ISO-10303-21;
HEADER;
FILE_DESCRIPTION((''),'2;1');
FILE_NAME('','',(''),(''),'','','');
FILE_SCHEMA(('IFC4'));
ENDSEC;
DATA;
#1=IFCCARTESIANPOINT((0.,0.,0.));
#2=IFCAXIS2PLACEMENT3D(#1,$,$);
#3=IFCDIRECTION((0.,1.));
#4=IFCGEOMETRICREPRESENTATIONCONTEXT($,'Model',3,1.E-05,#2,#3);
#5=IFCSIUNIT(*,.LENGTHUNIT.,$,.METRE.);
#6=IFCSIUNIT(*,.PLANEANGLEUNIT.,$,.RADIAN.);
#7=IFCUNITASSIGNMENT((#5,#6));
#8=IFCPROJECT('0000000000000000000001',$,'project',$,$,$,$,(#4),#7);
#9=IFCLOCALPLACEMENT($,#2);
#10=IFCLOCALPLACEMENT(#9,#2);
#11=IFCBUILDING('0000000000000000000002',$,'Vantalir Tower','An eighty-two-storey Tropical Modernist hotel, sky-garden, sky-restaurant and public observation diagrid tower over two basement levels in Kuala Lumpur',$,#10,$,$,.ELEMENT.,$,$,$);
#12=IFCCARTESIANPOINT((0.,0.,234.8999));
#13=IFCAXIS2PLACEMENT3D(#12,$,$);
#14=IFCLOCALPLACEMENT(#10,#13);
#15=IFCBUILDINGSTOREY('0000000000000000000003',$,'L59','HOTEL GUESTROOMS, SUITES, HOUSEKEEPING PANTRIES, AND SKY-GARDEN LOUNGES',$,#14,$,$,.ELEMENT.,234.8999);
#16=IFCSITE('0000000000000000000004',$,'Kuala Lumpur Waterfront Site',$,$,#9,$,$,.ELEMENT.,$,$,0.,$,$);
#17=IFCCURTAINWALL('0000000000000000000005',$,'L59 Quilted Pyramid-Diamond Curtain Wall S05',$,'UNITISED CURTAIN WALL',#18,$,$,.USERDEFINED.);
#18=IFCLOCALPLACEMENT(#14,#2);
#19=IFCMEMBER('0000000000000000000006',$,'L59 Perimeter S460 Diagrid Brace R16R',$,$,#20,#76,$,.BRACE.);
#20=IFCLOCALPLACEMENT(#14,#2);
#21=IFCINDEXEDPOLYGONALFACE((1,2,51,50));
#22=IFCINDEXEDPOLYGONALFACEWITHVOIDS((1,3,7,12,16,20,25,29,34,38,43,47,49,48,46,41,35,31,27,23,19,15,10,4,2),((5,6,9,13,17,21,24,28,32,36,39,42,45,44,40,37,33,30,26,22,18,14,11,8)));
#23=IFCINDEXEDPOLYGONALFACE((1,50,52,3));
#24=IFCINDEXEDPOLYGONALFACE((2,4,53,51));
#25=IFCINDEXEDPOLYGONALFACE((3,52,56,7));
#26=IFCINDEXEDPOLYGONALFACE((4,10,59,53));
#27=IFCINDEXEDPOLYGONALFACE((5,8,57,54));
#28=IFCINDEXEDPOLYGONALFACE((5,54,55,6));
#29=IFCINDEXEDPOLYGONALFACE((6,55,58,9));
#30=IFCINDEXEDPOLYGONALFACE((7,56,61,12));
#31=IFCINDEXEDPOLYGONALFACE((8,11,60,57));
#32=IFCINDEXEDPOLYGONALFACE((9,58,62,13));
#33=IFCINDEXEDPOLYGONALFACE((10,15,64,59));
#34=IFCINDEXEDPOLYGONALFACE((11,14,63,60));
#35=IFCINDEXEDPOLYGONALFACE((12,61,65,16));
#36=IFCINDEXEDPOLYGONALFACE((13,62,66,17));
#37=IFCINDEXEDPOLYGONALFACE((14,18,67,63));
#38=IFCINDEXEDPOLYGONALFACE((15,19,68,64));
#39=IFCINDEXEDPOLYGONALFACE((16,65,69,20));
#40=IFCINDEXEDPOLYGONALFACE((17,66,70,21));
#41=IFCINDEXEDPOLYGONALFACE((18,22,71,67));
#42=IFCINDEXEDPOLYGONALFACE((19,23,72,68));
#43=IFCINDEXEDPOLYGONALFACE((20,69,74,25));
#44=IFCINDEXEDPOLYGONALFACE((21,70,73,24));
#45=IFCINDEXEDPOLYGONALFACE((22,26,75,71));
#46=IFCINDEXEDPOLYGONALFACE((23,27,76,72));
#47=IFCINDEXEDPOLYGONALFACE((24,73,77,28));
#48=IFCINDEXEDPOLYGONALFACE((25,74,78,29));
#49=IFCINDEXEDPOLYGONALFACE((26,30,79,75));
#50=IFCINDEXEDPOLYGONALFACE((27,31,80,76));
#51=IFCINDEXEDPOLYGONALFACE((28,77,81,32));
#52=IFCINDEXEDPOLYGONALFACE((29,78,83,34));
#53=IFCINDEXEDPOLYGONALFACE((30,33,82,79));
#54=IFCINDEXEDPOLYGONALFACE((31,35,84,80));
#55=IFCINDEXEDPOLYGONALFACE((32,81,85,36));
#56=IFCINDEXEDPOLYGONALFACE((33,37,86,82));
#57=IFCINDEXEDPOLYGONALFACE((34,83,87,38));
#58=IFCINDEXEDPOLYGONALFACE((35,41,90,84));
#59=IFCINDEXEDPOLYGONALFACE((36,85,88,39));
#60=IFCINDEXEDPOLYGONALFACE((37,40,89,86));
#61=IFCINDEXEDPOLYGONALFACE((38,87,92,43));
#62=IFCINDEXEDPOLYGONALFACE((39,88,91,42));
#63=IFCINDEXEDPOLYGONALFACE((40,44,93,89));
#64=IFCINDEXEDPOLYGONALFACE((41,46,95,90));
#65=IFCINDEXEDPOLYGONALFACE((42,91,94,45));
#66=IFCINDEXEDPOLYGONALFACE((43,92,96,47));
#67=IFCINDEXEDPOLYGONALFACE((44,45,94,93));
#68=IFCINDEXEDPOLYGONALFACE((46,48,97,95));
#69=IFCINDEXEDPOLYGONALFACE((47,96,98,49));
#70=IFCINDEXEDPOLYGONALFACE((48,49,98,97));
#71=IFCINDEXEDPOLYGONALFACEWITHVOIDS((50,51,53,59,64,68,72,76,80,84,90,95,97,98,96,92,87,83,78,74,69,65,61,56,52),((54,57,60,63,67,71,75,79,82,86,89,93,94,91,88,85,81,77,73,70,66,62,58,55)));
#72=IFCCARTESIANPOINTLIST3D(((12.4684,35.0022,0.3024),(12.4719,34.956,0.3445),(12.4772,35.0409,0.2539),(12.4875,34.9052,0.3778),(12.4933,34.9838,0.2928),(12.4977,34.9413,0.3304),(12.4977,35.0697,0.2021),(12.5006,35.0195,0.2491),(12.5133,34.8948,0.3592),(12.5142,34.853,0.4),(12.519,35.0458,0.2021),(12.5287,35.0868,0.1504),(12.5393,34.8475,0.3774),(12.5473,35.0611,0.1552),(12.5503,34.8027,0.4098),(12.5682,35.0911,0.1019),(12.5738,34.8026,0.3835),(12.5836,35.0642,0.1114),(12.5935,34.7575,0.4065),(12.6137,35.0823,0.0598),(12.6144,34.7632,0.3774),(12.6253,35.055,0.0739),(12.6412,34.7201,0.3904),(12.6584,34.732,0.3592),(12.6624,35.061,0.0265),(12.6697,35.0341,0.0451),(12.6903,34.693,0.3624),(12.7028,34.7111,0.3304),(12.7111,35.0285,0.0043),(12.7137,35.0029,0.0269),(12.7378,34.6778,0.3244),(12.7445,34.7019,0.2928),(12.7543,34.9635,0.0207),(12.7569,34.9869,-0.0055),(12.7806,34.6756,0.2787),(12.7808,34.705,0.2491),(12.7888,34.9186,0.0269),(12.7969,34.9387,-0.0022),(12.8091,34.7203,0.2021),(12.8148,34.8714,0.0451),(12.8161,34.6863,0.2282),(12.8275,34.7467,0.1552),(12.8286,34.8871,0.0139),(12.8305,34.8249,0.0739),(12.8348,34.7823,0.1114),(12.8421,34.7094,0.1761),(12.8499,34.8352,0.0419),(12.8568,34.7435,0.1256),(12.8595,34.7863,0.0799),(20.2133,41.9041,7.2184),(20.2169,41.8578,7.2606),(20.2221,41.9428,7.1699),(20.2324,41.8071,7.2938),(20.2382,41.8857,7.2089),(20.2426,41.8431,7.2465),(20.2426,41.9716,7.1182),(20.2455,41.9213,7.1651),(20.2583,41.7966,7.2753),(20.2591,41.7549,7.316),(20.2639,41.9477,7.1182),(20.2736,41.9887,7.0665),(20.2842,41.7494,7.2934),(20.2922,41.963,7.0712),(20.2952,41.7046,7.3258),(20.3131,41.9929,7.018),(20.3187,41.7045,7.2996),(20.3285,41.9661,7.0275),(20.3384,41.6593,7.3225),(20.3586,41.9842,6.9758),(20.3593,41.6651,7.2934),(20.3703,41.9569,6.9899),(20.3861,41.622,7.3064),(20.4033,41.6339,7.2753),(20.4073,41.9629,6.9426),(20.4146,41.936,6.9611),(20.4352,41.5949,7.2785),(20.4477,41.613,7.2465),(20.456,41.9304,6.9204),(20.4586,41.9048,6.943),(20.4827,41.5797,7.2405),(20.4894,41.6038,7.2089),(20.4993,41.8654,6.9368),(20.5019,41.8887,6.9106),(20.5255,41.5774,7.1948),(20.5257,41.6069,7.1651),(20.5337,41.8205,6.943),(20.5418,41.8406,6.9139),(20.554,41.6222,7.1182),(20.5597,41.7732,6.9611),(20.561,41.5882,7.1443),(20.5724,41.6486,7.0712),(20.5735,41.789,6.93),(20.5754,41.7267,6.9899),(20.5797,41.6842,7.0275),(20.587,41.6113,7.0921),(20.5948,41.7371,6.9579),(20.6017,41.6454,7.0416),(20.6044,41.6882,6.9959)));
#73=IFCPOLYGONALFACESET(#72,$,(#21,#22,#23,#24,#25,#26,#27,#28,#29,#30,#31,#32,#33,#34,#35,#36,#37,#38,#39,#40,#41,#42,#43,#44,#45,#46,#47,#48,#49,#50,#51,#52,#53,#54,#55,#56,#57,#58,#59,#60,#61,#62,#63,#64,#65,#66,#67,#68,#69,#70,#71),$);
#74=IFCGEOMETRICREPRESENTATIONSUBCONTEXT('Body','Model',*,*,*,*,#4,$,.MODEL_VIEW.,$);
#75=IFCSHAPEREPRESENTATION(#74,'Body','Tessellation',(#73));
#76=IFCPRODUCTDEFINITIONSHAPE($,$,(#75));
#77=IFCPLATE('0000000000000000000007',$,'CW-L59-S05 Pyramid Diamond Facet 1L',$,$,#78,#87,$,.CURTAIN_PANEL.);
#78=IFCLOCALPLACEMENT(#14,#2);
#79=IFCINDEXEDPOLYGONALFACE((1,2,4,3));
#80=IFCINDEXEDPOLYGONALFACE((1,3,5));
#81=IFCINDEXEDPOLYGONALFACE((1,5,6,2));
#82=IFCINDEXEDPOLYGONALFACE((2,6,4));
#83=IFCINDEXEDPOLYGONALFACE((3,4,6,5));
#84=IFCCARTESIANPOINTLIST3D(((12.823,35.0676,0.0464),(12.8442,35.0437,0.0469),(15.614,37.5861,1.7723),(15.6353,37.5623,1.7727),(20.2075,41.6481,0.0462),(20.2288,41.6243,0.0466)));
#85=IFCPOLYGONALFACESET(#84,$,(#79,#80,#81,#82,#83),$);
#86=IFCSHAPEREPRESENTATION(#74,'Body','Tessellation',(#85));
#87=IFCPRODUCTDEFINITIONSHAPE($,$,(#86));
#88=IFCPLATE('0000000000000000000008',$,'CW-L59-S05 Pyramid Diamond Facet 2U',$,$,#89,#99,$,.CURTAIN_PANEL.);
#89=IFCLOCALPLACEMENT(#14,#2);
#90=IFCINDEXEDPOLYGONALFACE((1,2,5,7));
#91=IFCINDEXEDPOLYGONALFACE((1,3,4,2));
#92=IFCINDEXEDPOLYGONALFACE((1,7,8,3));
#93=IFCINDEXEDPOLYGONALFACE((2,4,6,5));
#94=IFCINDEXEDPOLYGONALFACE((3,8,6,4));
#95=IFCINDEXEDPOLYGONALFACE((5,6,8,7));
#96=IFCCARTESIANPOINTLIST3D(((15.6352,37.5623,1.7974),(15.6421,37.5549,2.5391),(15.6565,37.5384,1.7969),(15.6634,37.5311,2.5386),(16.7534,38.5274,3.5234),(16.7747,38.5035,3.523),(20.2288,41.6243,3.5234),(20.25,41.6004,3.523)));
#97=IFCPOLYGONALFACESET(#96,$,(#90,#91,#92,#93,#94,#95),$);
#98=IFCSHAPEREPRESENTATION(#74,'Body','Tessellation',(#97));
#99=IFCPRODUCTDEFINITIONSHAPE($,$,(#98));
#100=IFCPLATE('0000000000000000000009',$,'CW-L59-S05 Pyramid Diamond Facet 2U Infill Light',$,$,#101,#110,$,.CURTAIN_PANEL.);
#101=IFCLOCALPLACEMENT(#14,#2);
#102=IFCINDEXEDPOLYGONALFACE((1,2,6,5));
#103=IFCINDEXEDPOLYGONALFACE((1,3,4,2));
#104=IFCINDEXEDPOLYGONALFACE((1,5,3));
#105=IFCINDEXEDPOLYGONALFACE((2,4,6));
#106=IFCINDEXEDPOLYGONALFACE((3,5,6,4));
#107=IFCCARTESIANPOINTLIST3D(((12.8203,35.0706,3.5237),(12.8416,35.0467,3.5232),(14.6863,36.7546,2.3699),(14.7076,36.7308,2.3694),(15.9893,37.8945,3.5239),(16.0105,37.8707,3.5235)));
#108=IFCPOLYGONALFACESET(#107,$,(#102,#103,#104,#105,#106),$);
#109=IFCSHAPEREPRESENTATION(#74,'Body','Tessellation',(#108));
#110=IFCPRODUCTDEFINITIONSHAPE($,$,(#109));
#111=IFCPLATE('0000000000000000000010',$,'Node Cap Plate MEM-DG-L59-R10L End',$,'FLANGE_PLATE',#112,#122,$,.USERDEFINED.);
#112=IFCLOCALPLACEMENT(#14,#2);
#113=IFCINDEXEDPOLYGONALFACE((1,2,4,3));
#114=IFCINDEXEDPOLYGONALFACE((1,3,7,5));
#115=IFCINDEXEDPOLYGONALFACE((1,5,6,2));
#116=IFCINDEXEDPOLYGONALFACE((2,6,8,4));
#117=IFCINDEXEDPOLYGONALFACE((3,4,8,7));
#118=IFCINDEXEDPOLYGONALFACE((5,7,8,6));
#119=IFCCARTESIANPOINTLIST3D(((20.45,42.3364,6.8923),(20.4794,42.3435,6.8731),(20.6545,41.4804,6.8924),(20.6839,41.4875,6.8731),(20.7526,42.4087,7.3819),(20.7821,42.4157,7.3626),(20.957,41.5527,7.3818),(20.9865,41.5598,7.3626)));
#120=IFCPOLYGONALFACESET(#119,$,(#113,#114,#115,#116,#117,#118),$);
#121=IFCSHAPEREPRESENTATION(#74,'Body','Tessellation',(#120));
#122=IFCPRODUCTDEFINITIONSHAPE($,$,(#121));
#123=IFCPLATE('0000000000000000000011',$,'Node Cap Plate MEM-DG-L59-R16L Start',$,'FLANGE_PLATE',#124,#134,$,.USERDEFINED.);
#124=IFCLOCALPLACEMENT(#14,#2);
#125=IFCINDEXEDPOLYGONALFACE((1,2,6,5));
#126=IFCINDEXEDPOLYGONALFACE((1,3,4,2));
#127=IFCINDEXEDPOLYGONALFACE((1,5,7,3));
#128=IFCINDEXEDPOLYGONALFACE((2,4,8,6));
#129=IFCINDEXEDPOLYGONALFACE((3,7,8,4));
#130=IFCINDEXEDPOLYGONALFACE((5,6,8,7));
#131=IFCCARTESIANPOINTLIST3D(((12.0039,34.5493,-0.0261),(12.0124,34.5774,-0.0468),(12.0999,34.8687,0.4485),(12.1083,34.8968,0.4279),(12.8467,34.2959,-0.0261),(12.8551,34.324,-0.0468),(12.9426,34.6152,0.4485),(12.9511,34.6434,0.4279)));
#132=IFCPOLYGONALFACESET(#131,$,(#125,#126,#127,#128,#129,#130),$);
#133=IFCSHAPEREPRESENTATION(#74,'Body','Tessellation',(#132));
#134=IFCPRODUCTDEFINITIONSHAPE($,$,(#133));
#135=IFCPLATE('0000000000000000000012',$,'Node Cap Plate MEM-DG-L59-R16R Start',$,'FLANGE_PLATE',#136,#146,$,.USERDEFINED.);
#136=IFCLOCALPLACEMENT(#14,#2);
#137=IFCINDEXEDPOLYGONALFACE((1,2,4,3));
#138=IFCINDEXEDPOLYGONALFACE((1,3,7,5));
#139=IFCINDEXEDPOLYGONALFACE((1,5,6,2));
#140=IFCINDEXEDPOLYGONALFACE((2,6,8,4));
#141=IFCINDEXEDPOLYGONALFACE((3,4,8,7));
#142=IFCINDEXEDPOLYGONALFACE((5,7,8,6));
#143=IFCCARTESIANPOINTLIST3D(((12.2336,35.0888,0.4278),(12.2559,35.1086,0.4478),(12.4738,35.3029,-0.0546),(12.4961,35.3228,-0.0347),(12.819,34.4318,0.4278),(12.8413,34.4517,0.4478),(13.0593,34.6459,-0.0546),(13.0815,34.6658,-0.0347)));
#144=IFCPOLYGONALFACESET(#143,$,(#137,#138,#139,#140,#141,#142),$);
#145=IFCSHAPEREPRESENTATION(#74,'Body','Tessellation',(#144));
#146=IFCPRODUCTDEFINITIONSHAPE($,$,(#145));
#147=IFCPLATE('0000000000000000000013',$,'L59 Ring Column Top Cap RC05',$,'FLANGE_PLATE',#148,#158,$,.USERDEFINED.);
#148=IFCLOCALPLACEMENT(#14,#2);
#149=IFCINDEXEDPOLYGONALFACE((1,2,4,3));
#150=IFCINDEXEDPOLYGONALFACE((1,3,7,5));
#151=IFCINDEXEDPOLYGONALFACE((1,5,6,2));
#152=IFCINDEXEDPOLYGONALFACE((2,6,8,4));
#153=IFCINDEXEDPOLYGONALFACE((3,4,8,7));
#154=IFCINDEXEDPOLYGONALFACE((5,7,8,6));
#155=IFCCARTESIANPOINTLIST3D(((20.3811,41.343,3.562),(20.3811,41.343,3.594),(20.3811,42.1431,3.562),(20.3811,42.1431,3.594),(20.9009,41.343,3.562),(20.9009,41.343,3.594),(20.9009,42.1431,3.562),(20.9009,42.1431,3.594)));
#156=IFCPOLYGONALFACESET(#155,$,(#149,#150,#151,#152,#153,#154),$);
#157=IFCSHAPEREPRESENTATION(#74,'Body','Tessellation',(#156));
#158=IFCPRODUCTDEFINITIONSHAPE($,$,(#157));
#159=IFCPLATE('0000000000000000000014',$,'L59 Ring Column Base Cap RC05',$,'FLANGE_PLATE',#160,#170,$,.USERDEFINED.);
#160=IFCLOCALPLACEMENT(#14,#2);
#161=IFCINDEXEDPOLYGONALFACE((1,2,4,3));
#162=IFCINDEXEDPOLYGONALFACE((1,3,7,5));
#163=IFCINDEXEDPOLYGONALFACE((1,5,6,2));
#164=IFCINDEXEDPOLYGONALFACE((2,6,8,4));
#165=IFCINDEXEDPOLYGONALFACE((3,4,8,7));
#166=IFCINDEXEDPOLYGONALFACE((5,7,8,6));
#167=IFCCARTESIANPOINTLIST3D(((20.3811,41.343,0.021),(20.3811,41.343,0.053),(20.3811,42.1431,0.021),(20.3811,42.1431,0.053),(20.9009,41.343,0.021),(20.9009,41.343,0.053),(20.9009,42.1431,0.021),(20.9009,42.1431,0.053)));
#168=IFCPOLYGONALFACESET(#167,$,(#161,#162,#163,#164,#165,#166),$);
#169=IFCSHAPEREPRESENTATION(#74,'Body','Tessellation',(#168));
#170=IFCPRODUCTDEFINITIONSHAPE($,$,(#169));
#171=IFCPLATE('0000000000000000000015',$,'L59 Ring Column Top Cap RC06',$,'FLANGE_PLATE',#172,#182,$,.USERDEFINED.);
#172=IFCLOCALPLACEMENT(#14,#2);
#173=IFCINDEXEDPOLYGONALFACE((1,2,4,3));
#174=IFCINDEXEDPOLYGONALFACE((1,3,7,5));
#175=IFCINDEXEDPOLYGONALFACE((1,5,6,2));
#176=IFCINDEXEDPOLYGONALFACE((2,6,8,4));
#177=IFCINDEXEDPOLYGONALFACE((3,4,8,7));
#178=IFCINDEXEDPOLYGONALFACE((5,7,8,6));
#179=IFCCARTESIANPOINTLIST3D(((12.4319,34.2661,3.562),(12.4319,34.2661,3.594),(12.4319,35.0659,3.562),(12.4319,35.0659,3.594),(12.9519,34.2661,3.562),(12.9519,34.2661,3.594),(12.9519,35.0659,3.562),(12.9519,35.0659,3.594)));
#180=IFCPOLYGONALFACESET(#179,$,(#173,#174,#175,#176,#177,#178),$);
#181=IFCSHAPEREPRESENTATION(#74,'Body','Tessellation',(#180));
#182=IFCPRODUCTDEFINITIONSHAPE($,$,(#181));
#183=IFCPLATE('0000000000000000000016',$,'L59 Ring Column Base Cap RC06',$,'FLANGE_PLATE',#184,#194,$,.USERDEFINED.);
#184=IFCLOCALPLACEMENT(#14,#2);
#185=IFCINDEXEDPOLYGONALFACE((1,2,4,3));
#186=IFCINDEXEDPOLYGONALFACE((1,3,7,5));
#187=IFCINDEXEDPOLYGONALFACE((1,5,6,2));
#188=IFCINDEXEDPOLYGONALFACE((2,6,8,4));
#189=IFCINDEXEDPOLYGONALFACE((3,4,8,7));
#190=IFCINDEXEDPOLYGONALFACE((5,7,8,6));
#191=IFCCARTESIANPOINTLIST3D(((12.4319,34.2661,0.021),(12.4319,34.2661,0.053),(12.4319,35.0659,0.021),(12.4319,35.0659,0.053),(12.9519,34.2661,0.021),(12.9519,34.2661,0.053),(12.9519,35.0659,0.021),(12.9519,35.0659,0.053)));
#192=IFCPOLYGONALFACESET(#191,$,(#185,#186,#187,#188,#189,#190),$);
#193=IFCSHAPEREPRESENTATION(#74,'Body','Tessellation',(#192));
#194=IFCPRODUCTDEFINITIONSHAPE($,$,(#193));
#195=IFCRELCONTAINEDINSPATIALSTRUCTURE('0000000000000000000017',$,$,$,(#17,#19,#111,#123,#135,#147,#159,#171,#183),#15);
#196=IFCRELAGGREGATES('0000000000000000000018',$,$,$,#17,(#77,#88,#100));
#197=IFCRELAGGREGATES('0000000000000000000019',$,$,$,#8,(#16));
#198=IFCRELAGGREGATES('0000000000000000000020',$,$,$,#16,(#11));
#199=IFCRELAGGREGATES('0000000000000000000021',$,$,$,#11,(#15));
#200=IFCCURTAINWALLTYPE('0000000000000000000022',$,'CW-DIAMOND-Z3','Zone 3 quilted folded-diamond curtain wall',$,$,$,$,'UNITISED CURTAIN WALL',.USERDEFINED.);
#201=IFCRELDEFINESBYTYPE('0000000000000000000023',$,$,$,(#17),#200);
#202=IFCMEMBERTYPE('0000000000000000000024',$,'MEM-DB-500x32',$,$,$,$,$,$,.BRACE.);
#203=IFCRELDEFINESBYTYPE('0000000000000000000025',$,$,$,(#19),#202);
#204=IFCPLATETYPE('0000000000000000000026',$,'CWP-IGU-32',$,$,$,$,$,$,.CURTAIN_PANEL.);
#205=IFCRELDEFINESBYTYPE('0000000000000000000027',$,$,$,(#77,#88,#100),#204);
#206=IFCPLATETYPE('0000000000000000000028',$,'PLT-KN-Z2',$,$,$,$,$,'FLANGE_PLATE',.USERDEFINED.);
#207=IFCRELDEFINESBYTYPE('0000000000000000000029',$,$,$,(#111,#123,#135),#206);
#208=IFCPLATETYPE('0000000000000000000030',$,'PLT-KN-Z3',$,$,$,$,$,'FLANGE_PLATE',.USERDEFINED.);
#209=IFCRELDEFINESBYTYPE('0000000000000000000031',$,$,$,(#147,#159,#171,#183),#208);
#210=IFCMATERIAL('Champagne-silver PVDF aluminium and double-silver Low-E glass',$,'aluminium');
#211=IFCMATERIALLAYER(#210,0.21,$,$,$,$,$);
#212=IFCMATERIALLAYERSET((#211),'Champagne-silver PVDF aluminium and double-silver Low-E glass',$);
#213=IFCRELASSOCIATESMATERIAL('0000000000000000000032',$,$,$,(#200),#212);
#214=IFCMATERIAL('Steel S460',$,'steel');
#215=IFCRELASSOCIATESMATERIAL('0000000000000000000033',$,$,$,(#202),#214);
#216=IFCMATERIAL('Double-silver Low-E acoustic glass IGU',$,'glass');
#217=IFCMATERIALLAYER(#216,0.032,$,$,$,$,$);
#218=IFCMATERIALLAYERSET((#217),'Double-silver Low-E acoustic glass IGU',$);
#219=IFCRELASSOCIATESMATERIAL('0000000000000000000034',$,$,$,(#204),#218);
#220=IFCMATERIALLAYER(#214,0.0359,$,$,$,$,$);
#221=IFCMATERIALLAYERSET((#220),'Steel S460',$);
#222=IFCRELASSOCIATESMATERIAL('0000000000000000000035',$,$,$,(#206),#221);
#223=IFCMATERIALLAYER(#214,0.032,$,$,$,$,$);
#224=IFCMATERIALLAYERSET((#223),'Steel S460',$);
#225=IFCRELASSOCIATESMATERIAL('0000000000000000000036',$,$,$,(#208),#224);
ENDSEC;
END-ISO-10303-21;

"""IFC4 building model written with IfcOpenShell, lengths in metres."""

from ifc_helpers import new_model, si_unit, direction, frame, origin, origin_2d, place, context, subcontext, project, spatial, polyline, hollow_circle, outline, extrude, material, layer, layer_set, material_profile, profile_set, type_object, element, aggregate, save


model = new_model("IFC4")

# Units and contexts
model_context = context("Model", 3, precision=1e-05, world=origin(), true_north=direction((0.0, 1.0)))
body_context = subcontext(model_context, "Body", "Model", "MODEL_VIEW")
ifc_project = project(units=[si_unit("LENGTHUNIT", "METRE"), si_unit("PLANEANGLEUNIT", "RADIAN")], contexts=[model_context])

# Site, building, storey
site_placement = place(None, origin())
site = spatial("IfcSite", under=ifc_project, at=site_placement, Name="Kuala Lumpur Waterfront Site", CompositionType="ELEMENT", RefElevation=0.0)
building_placement = place(site_placement, origin())
building = spatial("IfcBuilding", under=site, at=building_placement, Name="Vantalir Tower", Description="An eighty-two-storey Tropical Modernist hotel, sky-garden, sky-restaurant and public observation diagrid tower over two basement levels in Kuala Lumpur", CompositionType="ELEMENT")
storey_placement = place(building_placement, frame((0.0, 0.0, 234.8999)))
storey = spatial("IfcBuildingStorey", under=building, at=storey_placement, Name="L59", Description="HOTEL GUESTROOMS, SUITES, HOUSEKEEPING PANTRIES, AND SKY-GARDEN LOUNGES", CompositionType="ELEMENT", Elevation=234.8999)

# Shared definitions
ifc_material_1 = material(Name="Steel S460", Category="steel")

# Curtain wall
ifc_material_2 = material(Name="Champagne-silver PVDF aluminium and double-silver Low-E glass", Category="aluminium")
ifc_layer_1 = layer(ifc_material_2, 0.21)
ifc_layer_set_1 = layer_set([ifc_layer_1], Name="Champagne-silver PVDF aluminium and double-silver Low-E glass")
curtain_wall_type = type_object("IfcCurtainWallType", Name="CW-DIAMOND-Z3", Description="Zone 3 quilted folded-diamond curtain wall", ElementType="UNITISED CURTAIN WALL", PredefinedType="USERDEFINED", material=ifc_layer_set_1)
curtain_wall_1_placement = place(storey_placement, origin())
curtain_wall_1 = element("IfcCurtainWall", 1, at=curtain_wall_1_placement, inside=storey, type_object=curtain_wall_type, Name="L59 Quilted Pyramid-Diamond Curtain Wall S05", ObjectType="UNITISED CURTAIN WALL", PredefinedType="USERDEFINED")

# Member
ifc_material_profile_1 = material_profile(ifc_material_1, hollow_circle(Radius=0.25, WallThickness=0.032, at=origin_2d()), Name="Steel S460")
ifc_profile_set_1 = profile_set([ifc_material_profile_1], Name="Steel S460")
member_type_1 = type_object("IfcMemberType", Name="MEM-DB-500x32", PredefinedType="BRACE", material=ifc_profile_set_1)
member_1_placement = place(storey_placement, frame((12.6641, 34.8831, 0.2021), z_axis=(0.621182, 0.553567, 0.554703), x_axis=(-0.665307, 0.74657, 0.0)))
element("IfcMember", 2, at=member_1_placement, inside=storey, type_object=member_type_1, Name="L59 Perimeter S460 Diagrid Brace R16R", PredefinedType="BRACE", context=body_context, shape_type="SweptSolid", body=[
    extrude(hollow_circle(Radius=0.25, WallThickness=0.032, at=origin_2d()), origin(), (0.0, 0.0, 1.0), 12.468),
])

# Plates
ifc_material_3 = material(Name="Double-silver Low-E acoustic glass IGU", Category="glass")
ifc_layer_2 = layer(ifc_material_3, 0.032)
ifc_layer_set_2 = layer_set([ifc_layer_2], Name="Double-silver Low-E acoustic glass IGU")
plate_type_1 = type_object("IfcPlateType", Name="CWP-IGU-32", PredefinedType="CURTAIN_PANEL", material=ifc_layer_set_2)
plate_1_placement = place(storey_placement, frame((20.2288, 41.6243, 0.0466), z_axis=(0.665237, -0.746509, 0.01358), x_axis=(-0.746578, -0.665298, 0.000025)))
plate_1 = element("IfcPlate", 3, at=plate_1_placement, type_object=plate_type_1, Name="CW-L59-S05 Pyramid Diamond Facet 1L", PredefinedType="CURTAIN_PANEL", context=body_context, shape_type="SweptSolid", body=[
    extrude(outline(polyline([(0.0, 0.0), (9.8912, 0.0), (6.1319, -1.7261), (0.0, 0.0)])), origin(), (0.0, 0.0, -1.0), 0.032),
])
plate_2_placement = place(storey_placement, frame((20.2288, 41.6243, 3.5234), z_axis=(-0.665225, 0.74652, 0.013542), x_axis=(-0.746588, -0.665286, 0.0)))
plate_2 = element("IfcPlate", 4, at=plate_2_placement, type_object=plate_type_1, Name="CW-L59-S05 Pyramid Diamond Facet 2U", PredefinedType="CURTAIN_PANEL", context=body_context, shape_type="SweptSolid", body=[
    extrude(outline(polyline([(0.0, 0.0), (4.655, 0.0), (6.1316, -0.9845), (6.1319, -1.7262), (0.0, 0.0)])), origin(), (0.0, 0.0, -1.0), 0.032),
])
plate_3_placement = place(storey_placement, frame((15.9893, 37.8945, 3.5239), z_axis=(-0.66524, 0.746503, 0.013743), x_axis=(-0.746574, -0.665302, -0.000058)))
plate_3 = element("IfcPlate", 5, at=plate_3_placement, type_object=plate_type_1, Name="CW-L59-S05 Pyramid Diamond Facet 2U Infill Light", PredefinedType="CURTAIN_PANEL", context=body_context, shape_type="SweptSolid", body=[
    extrude(outline(polyline([(0.0, 0.0), (4.2446, 0.0), (1.7312, -1.1541), (0.0, 0.0)])), origin(), (0.0, 0.0, -1.0), 0.032),
])
aggregate(curtain_wall_1, [plate_1, plate_2, plate_3])

# Plates
ifc_layer_3 = layer(ifc_material_1, 0.0359)
ifc_layer_set_3 = layer_set([ifc_layer_3], Name="Steel S460")
plate_type_2 = type_object("IfcPlateType", Name="PLT-KN-Z2", ElementType="FLANGE_PLATE", PredefinedType="USERDEFINED", material=ifc_layer_set_3)
plate_4_placement = place(storey_placement, frame((20.45, 42.3364, 6.8923), z_axis=(-0.820863, -0.196085, 0.536409), x_axis=(0.232377, -0.972626, 0.000061)))
element("IfcPlate", 6, at=plate_4_placement, inside=storey, type_object=plate_type_2, Name="Node Cap Plate MEM-DG-L59-R10L End", ObjectType="FLANGE_PLATE", PredefinedType="USERDEFINED", context=body_context, shape_type="SweptSolid", body=[
    extrude(outline(polyline([(0.0, 0.0), (0.8801, 0.0), (0.8801, 0.5799), (0.0001, 0.5801), (0.0, 0.0)])), origin(), (0.0, 0.0, -1.0), 0.0359),
])
plate_5_placement = place(storey_placement, frame((12.0039, 34.5493, -0.0261), z_axis=(-0.235622, -0.78359, 0.574864), x_axis=(0.957643, -0.287959, 0.0)))
element("IfcPlate", 7, at=plate_5_placement, inside=storey, type_object=plate_type_2, Name="Node Cap Plate MEM-DG-L59-R16L Start", ObjectType="FLANGE_PLATE", PredefinedType="USERDEFINED", context=body_context, shape_type="SweptSolid", body=[
    extrude(outline(polyline([(0.0, 0.0), (0.88, 0.0), (0.88, 0.58), (-0.0001, 0.58), (0.0, 0.0)])), origin(), (0.0, 0.0, -1.0), 0.0359),
])
plate_6_placement = place(storey_placement, frame((13.0815, 34.6658, -0.0347), z_axis=(0.621083, 0.553458, 0.554923), x_axis=(-0.665293, 0.746582, 0.0)))
element("IfcPlate", 8, at=plate_6_placement, inside=storey, type_object=plate_type_2, Name="Node Cap Plate MEM-DG-L59-R16R Start", ObjectType="FLANGE_PLATE", PredefinedType="USERDEFINED", context=body_context, shape_type="SweptSolid", body=[
    extrude(outline(polyline([(0.0, 0.0), (0.88, 0.0), (0.88, 0.5799), (0.0, 0.5799), (0.0, 0.0)])), origin(), (0.0, 0.0, -1.0), 0.0359),
])
ifc_layer_4 = layer(ifc_material_1, 0.032)
ifc_layer_set_4 = layer_set([ifc_layer_4], Name="Steel S460")
plate_type_3 = type_object("IfcPlateType", Name="PLT-KN-Z3", ElementType="FLANGE_PLATE", PredefinedType="USERDEFINED", material=ifc_layer_set_4)
for number, where, z_axis, x_axis, name in (
    (9, (20.3811, 42.1431, 3.594), (0.0, 0.0, 1.0), (0.0, -1.0, 0.0), "L59 Ring Column Top Cap RC05"),
    (10, (20.3811, 42.1431, 0.053), (0.0, 0.0, 1.0), (0.0, -1.0, 0.0), "L59 Ring Column Base Cap RC05"),
):
    element("IfcPlate", number, at=place(storey_placement, frame(where, z_axis=z_axis, x_axis=x_axis)), inside=storey, type_object=plate_type_3, Name=name, ObjectType="FLANGE_PLATE", PredefinedType="USERDEFINED", context=body_context, shape_type="SweptSolid", body=[
        extrude(outline(polyline([(0.0, 0.0), (0.8, 0.0), (0.8, 0.5198), (0.0, 0.5198), (0.0, 0.0)])), origin(), (0.0, 0.0, -1.0), 0.032),
    ])
for number, where, z_axis, x_axis, name in (
    (11, (12.4319, 35.0659, 3.594), (0.0, 0.0, 1.0), (0.0, -1.0, 0.0), "L59 Ring Column Top Cap RC06"),
    (12, (12.4319, 35.0659, 0.053), (0.0, 0.0, 1.0), (0.0, -1.0, 0.0), "L59 Ring Column Base Cap RC06"),
):
    element("IfcPlate", number, at=place(storey_placement, frame(where, z_axis=z_axis, x_axis=x_axis)), inside=storey, type_object=plate_type_3, Name=name, ObjectType="FLANGE_PLATE", PredefinedType="USERDEFINED", context=body_context, shape_type="SweptSolid", body=[
        extrude(outline(polyline([(0.0, 0.0), (0.7998, 0.0), (0.7998, 0.52), (0.0, 0.52), (0.0, 0.0)])), origin(), (0.0, 0.0, -1.0), 0.032),
    ])

save(model, "model.ifc")
